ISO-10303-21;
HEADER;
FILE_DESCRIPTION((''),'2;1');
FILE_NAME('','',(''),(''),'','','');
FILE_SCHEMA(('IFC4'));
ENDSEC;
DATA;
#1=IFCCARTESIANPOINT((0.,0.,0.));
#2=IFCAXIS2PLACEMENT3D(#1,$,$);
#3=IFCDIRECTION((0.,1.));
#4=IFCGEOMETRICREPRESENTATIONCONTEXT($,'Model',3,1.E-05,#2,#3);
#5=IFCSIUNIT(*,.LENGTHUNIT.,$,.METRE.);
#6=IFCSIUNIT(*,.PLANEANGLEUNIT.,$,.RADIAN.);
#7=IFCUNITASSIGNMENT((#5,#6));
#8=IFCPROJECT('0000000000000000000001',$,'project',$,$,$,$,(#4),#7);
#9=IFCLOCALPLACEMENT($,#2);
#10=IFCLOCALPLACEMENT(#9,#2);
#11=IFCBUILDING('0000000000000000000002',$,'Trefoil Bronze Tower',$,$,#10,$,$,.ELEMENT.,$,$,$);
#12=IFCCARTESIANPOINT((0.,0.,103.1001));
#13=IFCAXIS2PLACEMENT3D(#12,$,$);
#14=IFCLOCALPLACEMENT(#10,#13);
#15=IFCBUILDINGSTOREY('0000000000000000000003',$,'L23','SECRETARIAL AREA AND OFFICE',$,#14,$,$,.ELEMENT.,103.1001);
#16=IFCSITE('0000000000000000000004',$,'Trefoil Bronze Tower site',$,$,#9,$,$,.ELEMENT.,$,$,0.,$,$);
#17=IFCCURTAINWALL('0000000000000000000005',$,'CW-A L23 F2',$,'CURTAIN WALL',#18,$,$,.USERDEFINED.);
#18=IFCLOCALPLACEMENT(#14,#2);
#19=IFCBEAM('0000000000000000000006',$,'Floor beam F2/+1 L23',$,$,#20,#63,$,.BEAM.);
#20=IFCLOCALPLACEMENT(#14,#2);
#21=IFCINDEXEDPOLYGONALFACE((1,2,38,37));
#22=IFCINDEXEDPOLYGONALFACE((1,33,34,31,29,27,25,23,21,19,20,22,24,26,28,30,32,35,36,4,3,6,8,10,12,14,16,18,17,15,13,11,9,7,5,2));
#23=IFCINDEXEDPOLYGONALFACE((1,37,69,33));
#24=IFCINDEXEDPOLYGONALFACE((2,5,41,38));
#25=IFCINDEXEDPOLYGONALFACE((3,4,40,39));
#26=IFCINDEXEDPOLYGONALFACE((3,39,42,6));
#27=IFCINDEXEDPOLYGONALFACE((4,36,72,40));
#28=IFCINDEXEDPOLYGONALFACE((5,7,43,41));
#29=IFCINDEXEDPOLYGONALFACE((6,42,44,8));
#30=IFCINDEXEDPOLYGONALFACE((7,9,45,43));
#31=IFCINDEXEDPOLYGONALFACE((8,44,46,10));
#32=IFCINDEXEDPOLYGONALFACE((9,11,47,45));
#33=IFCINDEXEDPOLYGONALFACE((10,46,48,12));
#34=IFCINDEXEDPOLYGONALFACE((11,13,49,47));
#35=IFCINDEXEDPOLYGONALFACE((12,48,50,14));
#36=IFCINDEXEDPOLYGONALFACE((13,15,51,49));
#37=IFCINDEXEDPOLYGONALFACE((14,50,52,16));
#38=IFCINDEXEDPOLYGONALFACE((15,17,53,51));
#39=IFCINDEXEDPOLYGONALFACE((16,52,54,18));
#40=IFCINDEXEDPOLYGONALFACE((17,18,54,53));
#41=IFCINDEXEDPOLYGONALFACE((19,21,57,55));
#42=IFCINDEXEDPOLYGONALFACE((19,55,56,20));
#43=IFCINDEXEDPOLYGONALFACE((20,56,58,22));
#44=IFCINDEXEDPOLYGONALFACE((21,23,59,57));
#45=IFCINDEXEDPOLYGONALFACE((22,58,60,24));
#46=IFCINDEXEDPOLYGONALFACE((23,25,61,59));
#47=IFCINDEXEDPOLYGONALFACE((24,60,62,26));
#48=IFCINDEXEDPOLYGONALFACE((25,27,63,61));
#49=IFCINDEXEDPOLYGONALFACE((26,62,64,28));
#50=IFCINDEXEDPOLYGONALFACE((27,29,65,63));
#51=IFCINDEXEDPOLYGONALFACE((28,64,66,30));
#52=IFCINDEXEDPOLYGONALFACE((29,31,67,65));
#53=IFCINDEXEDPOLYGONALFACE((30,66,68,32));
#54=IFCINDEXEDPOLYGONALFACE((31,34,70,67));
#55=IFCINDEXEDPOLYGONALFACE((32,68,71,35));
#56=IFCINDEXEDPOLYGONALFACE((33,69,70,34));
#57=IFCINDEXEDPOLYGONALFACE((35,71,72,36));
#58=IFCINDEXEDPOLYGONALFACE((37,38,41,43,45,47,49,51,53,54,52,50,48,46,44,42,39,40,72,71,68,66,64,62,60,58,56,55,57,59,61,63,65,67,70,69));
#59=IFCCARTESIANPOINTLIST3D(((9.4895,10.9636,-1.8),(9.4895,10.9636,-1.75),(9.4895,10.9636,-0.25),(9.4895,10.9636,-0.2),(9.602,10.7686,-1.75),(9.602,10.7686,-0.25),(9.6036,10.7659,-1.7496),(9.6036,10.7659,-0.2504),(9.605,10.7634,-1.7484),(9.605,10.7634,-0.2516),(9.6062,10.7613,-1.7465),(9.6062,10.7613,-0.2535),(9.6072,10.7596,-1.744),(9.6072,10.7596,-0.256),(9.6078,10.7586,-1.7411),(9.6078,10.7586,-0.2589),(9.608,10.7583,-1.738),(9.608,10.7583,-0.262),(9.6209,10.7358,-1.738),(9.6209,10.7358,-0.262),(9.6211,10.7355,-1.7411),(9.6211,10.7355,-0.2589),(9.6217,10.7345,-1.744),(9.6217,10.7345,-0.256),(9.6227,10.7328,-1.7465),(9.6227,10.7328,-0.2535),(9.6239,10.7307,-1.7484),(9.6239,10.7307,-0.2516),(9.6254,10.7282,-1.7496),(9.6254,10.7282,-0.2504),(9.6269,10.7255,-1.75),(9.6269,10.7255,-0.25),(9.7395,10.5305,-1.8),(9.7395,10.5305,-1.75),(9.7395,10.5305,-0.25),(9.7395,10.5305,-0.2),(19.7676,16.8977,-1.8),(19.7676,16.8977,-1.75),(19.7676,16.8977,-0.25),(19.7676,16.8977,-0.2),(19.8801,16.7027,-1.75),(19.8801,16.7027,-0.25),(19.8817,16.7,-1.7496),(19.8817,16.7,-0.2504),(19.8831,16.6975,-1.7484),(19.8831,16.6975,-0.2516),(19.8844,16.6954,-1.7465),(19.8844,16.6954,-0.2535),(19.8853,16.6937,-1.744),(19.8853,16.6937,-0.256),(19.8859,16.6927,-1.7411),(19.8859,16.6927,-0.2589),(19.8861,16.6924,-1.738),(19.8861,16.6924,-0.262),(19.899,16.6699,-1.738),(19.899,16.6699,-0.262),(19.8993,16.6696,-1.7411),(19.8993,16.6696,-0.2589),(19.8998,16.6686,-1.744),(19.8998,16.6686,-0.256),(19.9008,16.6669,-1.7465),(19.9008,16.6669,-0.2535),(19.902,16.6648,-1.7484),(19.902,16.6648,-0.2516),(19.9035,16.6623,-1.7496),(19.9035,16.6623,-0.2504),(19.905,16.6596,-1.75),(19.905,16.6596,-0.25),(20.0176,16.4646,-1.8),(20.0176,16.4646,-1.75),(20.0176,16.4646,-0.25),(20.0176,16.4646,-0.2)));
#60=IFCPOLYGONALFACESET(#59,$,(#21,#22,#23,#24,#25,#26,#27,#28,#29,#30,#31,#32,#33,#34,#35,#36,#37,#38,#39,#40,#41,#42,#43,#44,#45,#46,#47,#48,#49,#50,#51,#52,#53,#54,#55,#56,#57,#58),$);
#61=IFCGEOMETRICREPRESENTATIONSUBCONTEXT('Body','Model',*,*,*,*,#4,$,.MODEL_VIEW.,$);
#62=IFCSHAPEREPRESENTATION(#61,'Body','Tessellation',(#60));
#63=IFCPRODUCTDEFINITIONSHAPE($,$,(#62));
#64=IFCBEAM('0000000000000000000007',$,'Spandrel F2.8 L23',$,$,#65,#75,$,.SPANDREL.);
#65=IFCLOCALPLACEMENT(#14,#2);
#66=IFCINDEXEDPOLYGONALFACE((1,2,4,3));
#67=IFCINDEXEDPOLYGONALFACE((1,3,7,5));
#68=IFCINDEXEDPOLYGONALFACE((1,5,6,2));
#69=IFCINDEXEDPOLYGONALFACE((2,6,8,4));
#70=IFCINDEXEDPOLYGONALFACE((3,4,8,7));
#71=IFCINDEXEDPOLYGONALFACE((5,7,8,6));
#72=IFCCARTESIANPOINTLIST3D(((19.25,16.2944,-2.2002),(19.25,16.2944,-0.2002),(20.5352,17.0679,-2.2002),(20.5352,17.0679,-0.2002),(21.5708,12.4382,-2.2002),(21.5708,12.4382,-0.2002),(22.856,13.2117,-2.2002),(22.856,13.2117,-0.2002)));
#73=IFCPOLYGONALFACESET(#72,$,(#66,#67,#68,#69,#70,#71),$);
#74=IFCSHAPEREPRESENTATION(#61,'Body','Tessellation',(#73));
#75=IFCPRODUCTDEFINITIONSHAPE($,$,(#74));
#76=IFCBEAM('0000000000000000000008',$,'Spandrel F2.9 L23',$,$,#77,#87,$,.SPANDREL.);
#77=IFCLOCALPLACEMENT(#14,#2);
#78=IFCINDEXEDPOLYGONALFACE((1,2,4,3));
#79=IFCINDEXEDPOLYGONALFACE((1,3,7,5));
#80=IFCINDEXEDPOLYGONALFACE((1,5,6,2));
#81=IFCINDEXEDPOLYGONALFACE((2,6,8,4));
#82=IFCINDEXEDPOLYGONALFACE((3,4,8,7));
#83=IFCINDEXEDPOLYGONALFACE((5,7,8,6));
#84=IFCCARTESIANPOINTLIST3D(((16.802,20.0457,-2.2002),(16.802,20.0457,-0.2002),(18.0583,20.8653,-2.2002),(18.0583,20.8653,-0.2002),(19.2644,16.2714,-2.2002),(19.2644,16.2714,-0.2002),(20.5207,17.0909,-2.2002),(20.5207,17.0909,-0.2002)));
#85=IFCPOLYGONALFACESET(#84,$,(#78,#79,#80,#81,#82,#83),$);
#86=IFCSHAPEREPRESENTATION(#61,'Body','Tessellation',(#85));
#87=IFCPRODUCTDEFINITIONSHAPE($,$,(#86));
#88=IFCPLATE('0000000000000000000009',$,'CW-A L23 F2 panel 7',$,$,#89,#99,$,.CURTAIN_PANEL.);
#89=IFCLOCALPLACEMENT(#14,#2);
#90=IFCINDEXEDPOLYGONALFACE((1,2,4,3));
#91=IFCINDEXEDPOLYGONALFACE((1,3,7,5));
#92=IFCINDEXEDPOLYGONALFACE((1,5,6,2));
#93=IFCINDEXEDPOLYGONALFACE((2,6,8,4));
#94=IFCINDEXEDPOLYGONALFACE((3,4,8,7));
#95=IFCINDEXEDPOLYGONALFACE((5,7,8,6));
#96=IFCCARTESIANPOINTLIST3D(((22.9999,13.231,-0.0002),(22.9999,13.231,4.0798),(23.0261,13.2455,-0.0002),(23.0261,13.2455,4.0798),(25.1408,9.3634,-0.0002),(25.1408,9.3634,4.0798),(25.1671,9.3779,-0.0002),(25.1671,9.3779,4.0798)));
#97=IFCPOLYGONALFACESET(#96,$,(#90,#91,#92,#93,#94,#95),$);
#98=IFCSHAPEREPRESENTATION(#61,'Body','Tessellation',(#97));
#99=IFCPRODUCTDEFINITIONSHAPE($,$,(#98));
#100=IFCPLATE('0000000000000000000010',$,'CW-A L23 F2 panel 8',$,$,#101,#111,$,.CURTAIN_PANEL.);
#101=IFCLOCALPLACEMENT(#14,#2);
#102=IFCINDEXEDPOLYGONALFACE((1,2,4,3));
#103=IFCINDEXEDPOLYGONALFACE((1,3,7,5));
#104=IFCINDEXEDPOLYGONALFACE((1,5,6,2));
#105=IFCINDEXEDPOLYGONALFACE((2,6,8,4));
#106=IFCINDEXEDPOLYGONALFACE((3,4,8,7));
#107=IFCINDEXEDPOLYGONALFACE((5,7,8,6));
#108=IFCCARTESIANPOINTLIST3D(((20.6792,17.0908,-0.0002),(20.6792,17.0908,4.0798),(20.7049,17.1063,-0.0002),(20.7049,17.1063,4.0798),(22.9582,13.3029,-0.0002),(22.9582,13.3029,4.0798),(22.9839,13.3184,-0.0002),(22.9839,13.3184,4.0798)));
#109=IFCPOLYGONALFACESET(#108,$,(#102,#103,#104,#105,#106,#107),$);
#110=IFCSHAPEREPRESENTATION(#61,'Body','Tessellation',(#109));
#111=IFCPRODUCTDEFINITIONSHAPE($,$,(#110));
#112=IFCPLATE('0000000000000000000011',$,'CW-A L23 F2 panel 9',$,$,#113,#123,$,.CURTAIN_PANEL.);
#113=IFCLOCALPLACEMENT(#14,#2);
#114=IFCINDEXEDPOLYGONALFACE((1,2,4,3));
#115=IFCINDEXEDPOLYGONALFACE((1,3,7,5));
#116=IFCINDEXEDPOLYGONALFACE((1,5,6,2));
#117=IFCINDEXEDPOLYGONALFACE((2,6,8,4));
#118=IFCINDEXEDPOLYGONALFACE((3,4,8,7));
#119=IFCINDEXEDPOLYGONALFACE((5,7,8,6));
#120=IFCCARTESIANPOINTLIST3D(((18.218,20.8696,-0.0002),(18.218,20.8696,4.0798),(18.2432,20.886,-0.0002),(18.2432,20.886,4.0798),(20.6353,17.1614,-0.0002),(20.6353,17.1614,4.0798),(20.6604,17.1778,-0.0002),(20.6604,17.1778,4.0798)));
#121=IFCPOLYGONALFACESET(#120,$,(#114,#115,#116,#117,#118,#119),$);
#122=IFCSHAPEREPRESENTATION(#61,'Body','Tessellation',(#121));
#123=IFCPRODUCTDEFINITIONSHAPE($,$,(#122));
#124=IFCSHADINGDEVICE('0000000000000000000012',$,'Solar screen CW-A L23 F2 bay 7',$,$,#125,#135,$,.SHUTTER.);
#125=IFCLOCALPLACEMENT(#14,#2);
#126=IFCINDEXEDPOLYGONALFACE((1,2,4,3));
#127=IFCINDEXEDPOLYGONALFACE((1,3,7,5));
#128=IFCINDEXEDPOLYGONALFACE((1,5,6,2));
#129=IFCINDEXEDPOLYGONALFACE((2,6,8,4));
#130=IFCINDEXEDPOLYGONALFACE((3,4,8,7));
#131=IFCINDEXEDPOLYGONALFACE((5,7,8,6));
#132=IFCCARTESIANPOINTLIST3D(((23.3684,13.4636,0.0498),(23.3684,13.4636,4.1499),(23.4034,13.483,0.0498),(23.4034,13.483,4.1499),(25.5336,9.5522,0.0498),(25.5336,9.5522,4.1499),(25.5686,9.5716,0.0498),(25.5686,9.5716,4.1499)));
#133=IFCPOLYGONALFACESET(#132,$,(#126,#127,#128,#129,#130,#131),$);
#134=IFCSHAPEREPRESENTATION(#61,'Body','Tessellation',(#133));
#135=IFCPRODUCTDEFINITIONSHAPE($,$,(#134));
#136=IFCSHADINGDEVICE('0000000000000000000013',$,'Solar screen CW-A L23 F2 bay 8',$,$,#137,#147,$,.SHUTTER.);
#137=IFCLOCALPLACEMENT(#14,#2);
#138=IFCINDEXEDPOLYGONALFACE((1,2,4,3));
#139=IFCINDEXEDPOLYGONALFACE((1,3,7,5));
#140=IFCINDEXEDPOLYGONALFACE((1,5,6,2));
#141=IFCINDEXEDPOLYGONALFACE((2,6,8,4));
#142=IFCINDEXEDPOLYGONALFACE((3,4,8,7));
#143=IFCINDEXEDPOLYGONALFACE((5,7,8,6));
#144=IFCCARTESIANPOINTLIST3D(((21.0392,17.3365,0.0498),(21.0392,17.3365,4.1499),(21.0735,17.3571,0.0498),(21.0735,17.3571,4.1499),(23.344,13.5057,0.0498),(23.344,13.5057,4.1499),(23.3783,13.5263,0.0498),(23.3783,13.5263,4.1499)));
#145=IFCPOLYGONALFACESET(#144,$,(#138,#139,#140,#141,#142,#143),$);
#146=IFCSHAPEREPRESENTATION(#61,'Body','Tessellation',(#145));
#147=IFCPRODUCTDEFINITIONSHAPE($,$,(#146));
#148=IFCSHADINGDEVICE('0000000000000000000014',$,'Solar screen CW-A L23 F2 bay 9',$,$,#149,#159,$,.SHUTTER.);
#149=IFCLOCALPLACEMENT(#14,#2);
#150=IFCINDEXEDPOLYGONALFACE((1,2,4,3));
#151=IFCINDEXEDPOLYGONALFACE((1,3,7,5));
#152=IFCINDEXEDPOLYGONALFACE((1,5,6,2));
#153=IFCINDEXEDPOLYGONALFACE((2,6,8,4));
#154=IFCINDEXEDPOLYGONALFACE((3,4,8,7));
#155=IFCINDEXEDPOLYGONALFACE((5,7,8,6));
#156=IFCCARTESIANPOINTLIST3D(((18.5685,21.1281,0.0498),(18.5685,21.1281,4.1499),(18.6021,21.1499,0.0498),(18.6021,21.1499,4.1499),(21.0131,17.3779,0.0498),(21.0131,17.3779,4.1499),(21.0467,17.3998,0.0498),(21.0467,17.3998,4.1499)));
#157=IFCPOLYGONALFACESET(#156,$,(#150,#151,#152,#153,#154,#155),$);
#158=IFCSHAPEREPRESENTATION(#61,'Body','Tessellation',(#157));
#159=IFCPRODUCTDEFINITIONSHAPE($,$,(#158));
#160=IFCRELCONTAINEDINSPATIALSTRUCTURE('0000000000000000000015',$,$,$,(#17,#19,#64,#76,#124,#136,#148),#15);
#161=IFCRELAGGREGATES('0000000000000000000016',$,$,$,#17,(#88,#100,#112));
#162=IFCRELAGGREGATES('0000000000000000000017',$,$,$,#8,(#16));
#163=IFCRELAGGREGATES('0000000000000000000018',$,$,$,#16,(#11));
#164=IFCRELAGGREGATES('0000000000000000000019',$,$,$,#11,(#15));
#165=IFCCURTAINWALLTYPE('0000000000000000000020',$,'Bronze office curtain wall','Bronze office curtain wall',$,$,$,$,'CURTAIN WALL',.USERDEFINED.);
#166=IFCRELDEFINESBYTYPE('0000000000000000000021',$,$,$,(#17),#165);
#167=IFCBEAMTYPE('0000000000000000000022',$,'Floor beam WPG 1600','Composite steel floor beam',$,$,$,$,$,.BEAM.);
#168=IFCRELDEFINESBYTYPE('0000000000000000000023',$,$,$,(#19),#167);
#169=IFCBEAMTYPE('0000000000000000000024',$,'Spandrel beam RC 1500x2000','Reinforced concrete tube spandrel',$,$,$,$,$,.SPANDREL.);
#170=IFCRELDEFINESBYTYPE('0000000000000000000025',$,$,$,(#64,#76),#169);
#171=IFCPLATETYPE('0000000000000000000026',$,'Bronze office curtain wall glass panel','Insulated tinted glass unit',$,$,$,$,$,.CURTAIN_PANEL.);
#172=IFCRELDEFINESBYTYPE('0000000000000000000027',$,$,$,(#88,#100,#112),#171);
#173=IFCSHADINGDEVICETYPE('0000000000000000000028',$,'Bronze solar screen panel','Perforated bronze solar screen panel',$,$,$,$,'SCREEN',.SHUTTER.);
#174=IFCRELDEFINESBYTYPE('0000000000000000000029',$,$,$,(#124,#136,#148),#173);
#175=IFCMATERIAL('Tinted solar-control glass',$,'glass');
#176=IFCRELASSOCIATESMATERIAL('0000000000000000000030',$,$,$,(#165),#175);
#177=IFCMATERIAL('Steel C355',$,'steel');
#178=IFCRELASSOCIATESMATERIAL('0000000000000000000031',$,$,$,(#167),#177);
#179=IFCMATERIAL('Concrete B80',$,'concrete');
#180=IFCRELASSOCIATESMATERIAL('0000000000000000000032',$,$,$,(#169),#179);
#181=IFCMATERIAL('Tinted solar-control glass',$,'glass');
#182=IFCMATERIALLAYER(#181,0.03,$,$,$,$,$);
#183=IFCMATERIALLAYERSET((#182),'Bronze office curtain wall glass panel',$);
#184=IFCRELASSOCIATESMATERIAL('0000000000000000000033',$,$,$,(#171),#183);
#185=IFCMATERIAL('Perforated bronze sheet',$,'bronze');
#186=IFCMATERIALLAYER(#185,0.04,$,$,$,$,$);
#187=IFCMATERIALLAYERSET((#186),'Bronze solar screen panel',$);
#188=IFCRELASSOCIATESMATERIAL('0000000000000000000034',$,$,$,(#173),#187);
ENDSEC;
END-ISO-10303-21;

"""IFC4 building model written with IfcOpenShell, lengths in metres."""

from ifc_helpers import new_model, si_unit, direction, frame, origin, origin_2d, place, context, subcontext, project, spatial, rectangle, i_section, extrude, material, layer, layer_set, material_profile, profile_set, type_object, element, aggregate, save


model = new_model("IFC4")

# Units and contexts
model_context = context("Model", 3, precision=1e-05, world=origin(), true_north=direction((0.0, 1.0)))
body_context = subcontext(model_context, "Body", "Model", "MODEL_VIEW")
ifc_project = project(units=[si_unit("LENGTHUNIT", "METRE"), si_unit("PLANEANGLEUNIT", "RADIAN")], contexts=[model_context])

# Site, building, storey
site_placement = place(None, origin())
site = spatial("IfcSite", under=ifc_project, at=site_placement, Name="Trefoil Bronze Tower site", CompositionType="ELEMENT", RefElevation=0.0)
building_placement = place(site_placement, origin())
building = spatial("IfcBuilding", under=site, at=building_placement, Name="Trefoil Bronze Tower", CompositionType="ELEMENT")
storey_placement = place(building_placement, frame((0.0, 0.0, 103.1001)))
storey = spatial("IfcBuildingStorey", under=building, at=storey_placement, Name="L23", Description="SECRETARIAL AREA AND OFFICE", CompositionType="ELEMENT", Elevation=103.1001)

# Curtain wall
ifc_material_1 = material(Name="Tinted solar-control glass", Category="glass")
curtain_wall_type = type_object("IfcCurtainWallType", Name="Bronze office curtain wall", Description="Bronze office curtain wall", ElementType="CURTAIN WALL", PredefinedType="USERDEFINED", material=ifc_material_1)
curtain_wall_placement = place(storey_placement, origin())
curtain_wall = element("IfcCurtainWall", 1, at=curtain_wall_placement, inside=storey, type_object=curtain_wall_type, Name="CW-A L23 F2", ObjectType="CURTAIN WALL", PredefinedType="USERDEFINED")

# Beams
ifc_material_2 = material(Name="Steel C355", Category="steel")
ifc_material_profile_1 = material_profile(ifc_material_2, i_section(OverallWidth=0.5, OverallDepth=1.6001, WebThickness=0.0259, FlangeThickness=0.05, FilletRadius=0.012, at=origin_2d()), Name="WPG 1600")
ifc_profile_set_1 = profile_set([ifc_material_profile_1], Name="Steel C355")
beam_type_1 = type_object("IfcBeamType", Name="Floor beam WPG 1600", Description="Composite steel floor beam", PredefinedType="BEAM", material=ifc_profile_set_1)
beam_1_placement = place(storey_placement, frame((19.8926, 16.6812, -1.0), z_axis=(-0.866024, -0.500002, 0.0), x_axis=(0.500002, -0.866024, 0.0)))
element("IfcBeam", 2, at=beam_1_placement, inside=storey, type_object=beam_type_1, Name="Floor beam F2/+1 L23", PredefinedType="BEAM", context=body_context, shape_type="SweptSolid", body=[
    extrude(i_section(OverallWidth=0.5, OverallDepth=1.6001, WebThickness=0.0259, FlangeThickness=0.05, FilletRadius=0.012, at=origin_2d()), origin(), (0.0, 0.0, 1.0), 11.8682),
])
ifc_material_3 = material(Name="Concrete B80", Category="concrete")
ifc_material_profile_2 = material_profile(ifc_material_3, rectangle(XDim=1.5, YDim=2.0, at=origin_2d()), Name="RC 1500x2000")
ifc_profile_set_2 = profile_set([ifc_material_profile_2], Name="Concrete B80")
beam_type_2 = type_object("IfcBeamType", Name="Spandrel beam RC 1500x2000", Description="Reinforced concrete tube spandrel", PredefinedType="SPANDREL", material=ifc_profile_set_2)
beam_2_placement = place(storey_placement, frame((22.2134, 12.825, -1.2002), z_axis=(-0.515652, 0.856798, 0.0), x_axis=(-0.856798, -0.515652, 0.0)))
element("IfcBeam", 3, at=beam_2_placement, inside=storey, type_object=beam_type_2, Name="Spandrel F2.8 L23", PredefinedType="SPANDREL", context=body_context, shape_type="SweptSolid", body=[
    extrude(rectangle(XDim=1.5, YDim=2.0, at=origin_2d()), origin(), (0.0, 0.0, 1.0), 4.5007),
])
beam_3_placement = place(storey_placement, frame((19.8926, 16.6812, -1.2002), z_axis=(-0.546397, 0.837527, 0.0), x_axis=(-0.837527, -0.546397, 0.0)))
element("IfcBeam", 4, at=beam_3_placement, inside=storey, type_object=beam_type_2, Name="Spandrel F2.9 L23", PredefinedType="SPANDREL", context=body_context, shape_type="SweptSolid", body=[
    extrude(rectangle(XDim=1.5, YDim=2.0, at=origin_2d()), origin(), (0.0, 0.0, 1.0), 4.5066),
])

# Plates
ifc_material_4 = material(Name="Tinted solar-control glass", Category="glass")
ifc_layer_1 = layer(ifc_material_4, 0.03)
ifc_layer_set_1 = layer_set([ifc_layer_1], Name="Bronze office curtain wall glass panel")
plate_type = type_object("IfcPlateType", Name="Bronze office curtain wall glass panel", Description="Insulated tinted glass unit", PredefinedType="CURTAIN_PANEL", material=ifc_layer_set_1)
plate_1_placement = place(storey_placement, frame((24.0835, 11.3044, -0.0002), z_axis=(0.0, 0.0, 1.0), x_axis=(-0.484312, 0.874895, 0.0)))
plate_1 = element("IfcPlate", 5, at=plate_1_placement, type_object=plate_type, Name="CW-A L23 F2 panel 7", PredefinedType="CURTAIN_PANEL", context=body_context, shape_type="SweptSolid", body=[
    extrude(rectangle(XDim=4.4207, YDim=0.03, at=origin_2d()), origin(), (0.0, 0.0, 1.0), 4.0801),
])
plate_2_placement = place(storey_placement, frame((21.8315, 15.2046, -0.0002), z_axis=(0.0, 0.0, 1.0), x_axis=(-0.515525, 0.856874, 0.0)))
plate_2 = element("IfcPlate", 6, at=plate_2_placement, type_object=plate_type, Name="CW-A L23 F2 panel 8", PredefinedType="CURTAIN_PANEL", context=body_context, shape_type="SweptSolid", body=[
    extrude(rectangle(XDim=4.4207, YDim=0.03, at=origin_2d()), origin(), (0.0, 0.0, 1.0), 4.0801),
])
plate_3_placement = place(storey_placement, frame((19.4392, 19.0237, -0.0002), z_axis=(0.0, 0.0, 1.0), x_axis=(-0.546089, 0.837727, 0.0)))
plate_3 = element("IfcPlate", 7, at=plate_3_placement, type_object=plate_type, Name="CW-A L23 F2 panel 9", PredefinedType="CURTAIN_PANEL", context=body_context, shape_type="SweptSolid", body=[
    extrude(rectangle(XDim=4.4265, YDim=0.03, at=origin_2d()), origin(), (0.0, 0.0, 1.0), 4.0801),
])
aggregate(curtain_wall, [plate_1, plate_2, plate_3])

# Shading devices
ifc_material_5 = material(Name="Perforated bronze sheet", Category="bronze")
ifc_layer_2 = layer(ifc_material_5, 0.04)
ifc_layer_set_2 = layer_set([ifc_layer_2], Name="Bronze solar screen panel")
shading_device_type = type_object("IfcShadingDeviceType", Name="Bronze solar screen panel", Description="Perforated bronze solar screen panel", ElementType="SCREEN", PredefinedType="SHUTTER", material=ifc_layer_set_2)
for number, where, z_axis, x_axis, name in (
    (8, (24.4685, 11.5176, 0.0498), (0.0, 0.0, 1.0), (-0.484312, 0.874895, 0.0), "Solar screen CW-A L23 F2 bay 7"),
    (9, (22.2087, 15.4314, 0.0498), (0.0, 0.0, 1.0), (-0.515525, 0.856874, 0.0), "Solar screen CW-A L23 F2 bay 8"),
):
    element("IfcShadingDevice", number, at=place(storey_placement, frame(where, z_axis=z_axis, x_axis=x_axis)), inside=storey, type_object=shading_device_type, Name=name, PredefinedType="SHUTTER", context=body_context, shape_type="SweptSolid", body=[
        extrude(rectangle(XDim=4.4707, YDim=0.04, at=origin_2d()), origin(), (0.0, 0.0, 1.0), 4.1001),
    ])
shading_device_placement = place(storey_placement, frame((19.8076, 19.2639, 0.0498), z_axis=(0.0, 0.0, 1.0), x_axis=(-0.546089, 0.837727, 0.0)))
element("IfcShadingDevice", 10, at=shading_device_placement, inside=storey, type_object=shading_device_type, Name="Solar screen CW-A L23 F2 bay 9", PredefinedType="SHUTTER", context=body_context, shape_type="SweptSolid", body=[
    extrude(rectangle(XDim=4.4766, YDim=0.04, at=origin_2d()), origin(), (0.0, 0.0, 1.0), 4.1001),
])

save(model, "model.ifc")
